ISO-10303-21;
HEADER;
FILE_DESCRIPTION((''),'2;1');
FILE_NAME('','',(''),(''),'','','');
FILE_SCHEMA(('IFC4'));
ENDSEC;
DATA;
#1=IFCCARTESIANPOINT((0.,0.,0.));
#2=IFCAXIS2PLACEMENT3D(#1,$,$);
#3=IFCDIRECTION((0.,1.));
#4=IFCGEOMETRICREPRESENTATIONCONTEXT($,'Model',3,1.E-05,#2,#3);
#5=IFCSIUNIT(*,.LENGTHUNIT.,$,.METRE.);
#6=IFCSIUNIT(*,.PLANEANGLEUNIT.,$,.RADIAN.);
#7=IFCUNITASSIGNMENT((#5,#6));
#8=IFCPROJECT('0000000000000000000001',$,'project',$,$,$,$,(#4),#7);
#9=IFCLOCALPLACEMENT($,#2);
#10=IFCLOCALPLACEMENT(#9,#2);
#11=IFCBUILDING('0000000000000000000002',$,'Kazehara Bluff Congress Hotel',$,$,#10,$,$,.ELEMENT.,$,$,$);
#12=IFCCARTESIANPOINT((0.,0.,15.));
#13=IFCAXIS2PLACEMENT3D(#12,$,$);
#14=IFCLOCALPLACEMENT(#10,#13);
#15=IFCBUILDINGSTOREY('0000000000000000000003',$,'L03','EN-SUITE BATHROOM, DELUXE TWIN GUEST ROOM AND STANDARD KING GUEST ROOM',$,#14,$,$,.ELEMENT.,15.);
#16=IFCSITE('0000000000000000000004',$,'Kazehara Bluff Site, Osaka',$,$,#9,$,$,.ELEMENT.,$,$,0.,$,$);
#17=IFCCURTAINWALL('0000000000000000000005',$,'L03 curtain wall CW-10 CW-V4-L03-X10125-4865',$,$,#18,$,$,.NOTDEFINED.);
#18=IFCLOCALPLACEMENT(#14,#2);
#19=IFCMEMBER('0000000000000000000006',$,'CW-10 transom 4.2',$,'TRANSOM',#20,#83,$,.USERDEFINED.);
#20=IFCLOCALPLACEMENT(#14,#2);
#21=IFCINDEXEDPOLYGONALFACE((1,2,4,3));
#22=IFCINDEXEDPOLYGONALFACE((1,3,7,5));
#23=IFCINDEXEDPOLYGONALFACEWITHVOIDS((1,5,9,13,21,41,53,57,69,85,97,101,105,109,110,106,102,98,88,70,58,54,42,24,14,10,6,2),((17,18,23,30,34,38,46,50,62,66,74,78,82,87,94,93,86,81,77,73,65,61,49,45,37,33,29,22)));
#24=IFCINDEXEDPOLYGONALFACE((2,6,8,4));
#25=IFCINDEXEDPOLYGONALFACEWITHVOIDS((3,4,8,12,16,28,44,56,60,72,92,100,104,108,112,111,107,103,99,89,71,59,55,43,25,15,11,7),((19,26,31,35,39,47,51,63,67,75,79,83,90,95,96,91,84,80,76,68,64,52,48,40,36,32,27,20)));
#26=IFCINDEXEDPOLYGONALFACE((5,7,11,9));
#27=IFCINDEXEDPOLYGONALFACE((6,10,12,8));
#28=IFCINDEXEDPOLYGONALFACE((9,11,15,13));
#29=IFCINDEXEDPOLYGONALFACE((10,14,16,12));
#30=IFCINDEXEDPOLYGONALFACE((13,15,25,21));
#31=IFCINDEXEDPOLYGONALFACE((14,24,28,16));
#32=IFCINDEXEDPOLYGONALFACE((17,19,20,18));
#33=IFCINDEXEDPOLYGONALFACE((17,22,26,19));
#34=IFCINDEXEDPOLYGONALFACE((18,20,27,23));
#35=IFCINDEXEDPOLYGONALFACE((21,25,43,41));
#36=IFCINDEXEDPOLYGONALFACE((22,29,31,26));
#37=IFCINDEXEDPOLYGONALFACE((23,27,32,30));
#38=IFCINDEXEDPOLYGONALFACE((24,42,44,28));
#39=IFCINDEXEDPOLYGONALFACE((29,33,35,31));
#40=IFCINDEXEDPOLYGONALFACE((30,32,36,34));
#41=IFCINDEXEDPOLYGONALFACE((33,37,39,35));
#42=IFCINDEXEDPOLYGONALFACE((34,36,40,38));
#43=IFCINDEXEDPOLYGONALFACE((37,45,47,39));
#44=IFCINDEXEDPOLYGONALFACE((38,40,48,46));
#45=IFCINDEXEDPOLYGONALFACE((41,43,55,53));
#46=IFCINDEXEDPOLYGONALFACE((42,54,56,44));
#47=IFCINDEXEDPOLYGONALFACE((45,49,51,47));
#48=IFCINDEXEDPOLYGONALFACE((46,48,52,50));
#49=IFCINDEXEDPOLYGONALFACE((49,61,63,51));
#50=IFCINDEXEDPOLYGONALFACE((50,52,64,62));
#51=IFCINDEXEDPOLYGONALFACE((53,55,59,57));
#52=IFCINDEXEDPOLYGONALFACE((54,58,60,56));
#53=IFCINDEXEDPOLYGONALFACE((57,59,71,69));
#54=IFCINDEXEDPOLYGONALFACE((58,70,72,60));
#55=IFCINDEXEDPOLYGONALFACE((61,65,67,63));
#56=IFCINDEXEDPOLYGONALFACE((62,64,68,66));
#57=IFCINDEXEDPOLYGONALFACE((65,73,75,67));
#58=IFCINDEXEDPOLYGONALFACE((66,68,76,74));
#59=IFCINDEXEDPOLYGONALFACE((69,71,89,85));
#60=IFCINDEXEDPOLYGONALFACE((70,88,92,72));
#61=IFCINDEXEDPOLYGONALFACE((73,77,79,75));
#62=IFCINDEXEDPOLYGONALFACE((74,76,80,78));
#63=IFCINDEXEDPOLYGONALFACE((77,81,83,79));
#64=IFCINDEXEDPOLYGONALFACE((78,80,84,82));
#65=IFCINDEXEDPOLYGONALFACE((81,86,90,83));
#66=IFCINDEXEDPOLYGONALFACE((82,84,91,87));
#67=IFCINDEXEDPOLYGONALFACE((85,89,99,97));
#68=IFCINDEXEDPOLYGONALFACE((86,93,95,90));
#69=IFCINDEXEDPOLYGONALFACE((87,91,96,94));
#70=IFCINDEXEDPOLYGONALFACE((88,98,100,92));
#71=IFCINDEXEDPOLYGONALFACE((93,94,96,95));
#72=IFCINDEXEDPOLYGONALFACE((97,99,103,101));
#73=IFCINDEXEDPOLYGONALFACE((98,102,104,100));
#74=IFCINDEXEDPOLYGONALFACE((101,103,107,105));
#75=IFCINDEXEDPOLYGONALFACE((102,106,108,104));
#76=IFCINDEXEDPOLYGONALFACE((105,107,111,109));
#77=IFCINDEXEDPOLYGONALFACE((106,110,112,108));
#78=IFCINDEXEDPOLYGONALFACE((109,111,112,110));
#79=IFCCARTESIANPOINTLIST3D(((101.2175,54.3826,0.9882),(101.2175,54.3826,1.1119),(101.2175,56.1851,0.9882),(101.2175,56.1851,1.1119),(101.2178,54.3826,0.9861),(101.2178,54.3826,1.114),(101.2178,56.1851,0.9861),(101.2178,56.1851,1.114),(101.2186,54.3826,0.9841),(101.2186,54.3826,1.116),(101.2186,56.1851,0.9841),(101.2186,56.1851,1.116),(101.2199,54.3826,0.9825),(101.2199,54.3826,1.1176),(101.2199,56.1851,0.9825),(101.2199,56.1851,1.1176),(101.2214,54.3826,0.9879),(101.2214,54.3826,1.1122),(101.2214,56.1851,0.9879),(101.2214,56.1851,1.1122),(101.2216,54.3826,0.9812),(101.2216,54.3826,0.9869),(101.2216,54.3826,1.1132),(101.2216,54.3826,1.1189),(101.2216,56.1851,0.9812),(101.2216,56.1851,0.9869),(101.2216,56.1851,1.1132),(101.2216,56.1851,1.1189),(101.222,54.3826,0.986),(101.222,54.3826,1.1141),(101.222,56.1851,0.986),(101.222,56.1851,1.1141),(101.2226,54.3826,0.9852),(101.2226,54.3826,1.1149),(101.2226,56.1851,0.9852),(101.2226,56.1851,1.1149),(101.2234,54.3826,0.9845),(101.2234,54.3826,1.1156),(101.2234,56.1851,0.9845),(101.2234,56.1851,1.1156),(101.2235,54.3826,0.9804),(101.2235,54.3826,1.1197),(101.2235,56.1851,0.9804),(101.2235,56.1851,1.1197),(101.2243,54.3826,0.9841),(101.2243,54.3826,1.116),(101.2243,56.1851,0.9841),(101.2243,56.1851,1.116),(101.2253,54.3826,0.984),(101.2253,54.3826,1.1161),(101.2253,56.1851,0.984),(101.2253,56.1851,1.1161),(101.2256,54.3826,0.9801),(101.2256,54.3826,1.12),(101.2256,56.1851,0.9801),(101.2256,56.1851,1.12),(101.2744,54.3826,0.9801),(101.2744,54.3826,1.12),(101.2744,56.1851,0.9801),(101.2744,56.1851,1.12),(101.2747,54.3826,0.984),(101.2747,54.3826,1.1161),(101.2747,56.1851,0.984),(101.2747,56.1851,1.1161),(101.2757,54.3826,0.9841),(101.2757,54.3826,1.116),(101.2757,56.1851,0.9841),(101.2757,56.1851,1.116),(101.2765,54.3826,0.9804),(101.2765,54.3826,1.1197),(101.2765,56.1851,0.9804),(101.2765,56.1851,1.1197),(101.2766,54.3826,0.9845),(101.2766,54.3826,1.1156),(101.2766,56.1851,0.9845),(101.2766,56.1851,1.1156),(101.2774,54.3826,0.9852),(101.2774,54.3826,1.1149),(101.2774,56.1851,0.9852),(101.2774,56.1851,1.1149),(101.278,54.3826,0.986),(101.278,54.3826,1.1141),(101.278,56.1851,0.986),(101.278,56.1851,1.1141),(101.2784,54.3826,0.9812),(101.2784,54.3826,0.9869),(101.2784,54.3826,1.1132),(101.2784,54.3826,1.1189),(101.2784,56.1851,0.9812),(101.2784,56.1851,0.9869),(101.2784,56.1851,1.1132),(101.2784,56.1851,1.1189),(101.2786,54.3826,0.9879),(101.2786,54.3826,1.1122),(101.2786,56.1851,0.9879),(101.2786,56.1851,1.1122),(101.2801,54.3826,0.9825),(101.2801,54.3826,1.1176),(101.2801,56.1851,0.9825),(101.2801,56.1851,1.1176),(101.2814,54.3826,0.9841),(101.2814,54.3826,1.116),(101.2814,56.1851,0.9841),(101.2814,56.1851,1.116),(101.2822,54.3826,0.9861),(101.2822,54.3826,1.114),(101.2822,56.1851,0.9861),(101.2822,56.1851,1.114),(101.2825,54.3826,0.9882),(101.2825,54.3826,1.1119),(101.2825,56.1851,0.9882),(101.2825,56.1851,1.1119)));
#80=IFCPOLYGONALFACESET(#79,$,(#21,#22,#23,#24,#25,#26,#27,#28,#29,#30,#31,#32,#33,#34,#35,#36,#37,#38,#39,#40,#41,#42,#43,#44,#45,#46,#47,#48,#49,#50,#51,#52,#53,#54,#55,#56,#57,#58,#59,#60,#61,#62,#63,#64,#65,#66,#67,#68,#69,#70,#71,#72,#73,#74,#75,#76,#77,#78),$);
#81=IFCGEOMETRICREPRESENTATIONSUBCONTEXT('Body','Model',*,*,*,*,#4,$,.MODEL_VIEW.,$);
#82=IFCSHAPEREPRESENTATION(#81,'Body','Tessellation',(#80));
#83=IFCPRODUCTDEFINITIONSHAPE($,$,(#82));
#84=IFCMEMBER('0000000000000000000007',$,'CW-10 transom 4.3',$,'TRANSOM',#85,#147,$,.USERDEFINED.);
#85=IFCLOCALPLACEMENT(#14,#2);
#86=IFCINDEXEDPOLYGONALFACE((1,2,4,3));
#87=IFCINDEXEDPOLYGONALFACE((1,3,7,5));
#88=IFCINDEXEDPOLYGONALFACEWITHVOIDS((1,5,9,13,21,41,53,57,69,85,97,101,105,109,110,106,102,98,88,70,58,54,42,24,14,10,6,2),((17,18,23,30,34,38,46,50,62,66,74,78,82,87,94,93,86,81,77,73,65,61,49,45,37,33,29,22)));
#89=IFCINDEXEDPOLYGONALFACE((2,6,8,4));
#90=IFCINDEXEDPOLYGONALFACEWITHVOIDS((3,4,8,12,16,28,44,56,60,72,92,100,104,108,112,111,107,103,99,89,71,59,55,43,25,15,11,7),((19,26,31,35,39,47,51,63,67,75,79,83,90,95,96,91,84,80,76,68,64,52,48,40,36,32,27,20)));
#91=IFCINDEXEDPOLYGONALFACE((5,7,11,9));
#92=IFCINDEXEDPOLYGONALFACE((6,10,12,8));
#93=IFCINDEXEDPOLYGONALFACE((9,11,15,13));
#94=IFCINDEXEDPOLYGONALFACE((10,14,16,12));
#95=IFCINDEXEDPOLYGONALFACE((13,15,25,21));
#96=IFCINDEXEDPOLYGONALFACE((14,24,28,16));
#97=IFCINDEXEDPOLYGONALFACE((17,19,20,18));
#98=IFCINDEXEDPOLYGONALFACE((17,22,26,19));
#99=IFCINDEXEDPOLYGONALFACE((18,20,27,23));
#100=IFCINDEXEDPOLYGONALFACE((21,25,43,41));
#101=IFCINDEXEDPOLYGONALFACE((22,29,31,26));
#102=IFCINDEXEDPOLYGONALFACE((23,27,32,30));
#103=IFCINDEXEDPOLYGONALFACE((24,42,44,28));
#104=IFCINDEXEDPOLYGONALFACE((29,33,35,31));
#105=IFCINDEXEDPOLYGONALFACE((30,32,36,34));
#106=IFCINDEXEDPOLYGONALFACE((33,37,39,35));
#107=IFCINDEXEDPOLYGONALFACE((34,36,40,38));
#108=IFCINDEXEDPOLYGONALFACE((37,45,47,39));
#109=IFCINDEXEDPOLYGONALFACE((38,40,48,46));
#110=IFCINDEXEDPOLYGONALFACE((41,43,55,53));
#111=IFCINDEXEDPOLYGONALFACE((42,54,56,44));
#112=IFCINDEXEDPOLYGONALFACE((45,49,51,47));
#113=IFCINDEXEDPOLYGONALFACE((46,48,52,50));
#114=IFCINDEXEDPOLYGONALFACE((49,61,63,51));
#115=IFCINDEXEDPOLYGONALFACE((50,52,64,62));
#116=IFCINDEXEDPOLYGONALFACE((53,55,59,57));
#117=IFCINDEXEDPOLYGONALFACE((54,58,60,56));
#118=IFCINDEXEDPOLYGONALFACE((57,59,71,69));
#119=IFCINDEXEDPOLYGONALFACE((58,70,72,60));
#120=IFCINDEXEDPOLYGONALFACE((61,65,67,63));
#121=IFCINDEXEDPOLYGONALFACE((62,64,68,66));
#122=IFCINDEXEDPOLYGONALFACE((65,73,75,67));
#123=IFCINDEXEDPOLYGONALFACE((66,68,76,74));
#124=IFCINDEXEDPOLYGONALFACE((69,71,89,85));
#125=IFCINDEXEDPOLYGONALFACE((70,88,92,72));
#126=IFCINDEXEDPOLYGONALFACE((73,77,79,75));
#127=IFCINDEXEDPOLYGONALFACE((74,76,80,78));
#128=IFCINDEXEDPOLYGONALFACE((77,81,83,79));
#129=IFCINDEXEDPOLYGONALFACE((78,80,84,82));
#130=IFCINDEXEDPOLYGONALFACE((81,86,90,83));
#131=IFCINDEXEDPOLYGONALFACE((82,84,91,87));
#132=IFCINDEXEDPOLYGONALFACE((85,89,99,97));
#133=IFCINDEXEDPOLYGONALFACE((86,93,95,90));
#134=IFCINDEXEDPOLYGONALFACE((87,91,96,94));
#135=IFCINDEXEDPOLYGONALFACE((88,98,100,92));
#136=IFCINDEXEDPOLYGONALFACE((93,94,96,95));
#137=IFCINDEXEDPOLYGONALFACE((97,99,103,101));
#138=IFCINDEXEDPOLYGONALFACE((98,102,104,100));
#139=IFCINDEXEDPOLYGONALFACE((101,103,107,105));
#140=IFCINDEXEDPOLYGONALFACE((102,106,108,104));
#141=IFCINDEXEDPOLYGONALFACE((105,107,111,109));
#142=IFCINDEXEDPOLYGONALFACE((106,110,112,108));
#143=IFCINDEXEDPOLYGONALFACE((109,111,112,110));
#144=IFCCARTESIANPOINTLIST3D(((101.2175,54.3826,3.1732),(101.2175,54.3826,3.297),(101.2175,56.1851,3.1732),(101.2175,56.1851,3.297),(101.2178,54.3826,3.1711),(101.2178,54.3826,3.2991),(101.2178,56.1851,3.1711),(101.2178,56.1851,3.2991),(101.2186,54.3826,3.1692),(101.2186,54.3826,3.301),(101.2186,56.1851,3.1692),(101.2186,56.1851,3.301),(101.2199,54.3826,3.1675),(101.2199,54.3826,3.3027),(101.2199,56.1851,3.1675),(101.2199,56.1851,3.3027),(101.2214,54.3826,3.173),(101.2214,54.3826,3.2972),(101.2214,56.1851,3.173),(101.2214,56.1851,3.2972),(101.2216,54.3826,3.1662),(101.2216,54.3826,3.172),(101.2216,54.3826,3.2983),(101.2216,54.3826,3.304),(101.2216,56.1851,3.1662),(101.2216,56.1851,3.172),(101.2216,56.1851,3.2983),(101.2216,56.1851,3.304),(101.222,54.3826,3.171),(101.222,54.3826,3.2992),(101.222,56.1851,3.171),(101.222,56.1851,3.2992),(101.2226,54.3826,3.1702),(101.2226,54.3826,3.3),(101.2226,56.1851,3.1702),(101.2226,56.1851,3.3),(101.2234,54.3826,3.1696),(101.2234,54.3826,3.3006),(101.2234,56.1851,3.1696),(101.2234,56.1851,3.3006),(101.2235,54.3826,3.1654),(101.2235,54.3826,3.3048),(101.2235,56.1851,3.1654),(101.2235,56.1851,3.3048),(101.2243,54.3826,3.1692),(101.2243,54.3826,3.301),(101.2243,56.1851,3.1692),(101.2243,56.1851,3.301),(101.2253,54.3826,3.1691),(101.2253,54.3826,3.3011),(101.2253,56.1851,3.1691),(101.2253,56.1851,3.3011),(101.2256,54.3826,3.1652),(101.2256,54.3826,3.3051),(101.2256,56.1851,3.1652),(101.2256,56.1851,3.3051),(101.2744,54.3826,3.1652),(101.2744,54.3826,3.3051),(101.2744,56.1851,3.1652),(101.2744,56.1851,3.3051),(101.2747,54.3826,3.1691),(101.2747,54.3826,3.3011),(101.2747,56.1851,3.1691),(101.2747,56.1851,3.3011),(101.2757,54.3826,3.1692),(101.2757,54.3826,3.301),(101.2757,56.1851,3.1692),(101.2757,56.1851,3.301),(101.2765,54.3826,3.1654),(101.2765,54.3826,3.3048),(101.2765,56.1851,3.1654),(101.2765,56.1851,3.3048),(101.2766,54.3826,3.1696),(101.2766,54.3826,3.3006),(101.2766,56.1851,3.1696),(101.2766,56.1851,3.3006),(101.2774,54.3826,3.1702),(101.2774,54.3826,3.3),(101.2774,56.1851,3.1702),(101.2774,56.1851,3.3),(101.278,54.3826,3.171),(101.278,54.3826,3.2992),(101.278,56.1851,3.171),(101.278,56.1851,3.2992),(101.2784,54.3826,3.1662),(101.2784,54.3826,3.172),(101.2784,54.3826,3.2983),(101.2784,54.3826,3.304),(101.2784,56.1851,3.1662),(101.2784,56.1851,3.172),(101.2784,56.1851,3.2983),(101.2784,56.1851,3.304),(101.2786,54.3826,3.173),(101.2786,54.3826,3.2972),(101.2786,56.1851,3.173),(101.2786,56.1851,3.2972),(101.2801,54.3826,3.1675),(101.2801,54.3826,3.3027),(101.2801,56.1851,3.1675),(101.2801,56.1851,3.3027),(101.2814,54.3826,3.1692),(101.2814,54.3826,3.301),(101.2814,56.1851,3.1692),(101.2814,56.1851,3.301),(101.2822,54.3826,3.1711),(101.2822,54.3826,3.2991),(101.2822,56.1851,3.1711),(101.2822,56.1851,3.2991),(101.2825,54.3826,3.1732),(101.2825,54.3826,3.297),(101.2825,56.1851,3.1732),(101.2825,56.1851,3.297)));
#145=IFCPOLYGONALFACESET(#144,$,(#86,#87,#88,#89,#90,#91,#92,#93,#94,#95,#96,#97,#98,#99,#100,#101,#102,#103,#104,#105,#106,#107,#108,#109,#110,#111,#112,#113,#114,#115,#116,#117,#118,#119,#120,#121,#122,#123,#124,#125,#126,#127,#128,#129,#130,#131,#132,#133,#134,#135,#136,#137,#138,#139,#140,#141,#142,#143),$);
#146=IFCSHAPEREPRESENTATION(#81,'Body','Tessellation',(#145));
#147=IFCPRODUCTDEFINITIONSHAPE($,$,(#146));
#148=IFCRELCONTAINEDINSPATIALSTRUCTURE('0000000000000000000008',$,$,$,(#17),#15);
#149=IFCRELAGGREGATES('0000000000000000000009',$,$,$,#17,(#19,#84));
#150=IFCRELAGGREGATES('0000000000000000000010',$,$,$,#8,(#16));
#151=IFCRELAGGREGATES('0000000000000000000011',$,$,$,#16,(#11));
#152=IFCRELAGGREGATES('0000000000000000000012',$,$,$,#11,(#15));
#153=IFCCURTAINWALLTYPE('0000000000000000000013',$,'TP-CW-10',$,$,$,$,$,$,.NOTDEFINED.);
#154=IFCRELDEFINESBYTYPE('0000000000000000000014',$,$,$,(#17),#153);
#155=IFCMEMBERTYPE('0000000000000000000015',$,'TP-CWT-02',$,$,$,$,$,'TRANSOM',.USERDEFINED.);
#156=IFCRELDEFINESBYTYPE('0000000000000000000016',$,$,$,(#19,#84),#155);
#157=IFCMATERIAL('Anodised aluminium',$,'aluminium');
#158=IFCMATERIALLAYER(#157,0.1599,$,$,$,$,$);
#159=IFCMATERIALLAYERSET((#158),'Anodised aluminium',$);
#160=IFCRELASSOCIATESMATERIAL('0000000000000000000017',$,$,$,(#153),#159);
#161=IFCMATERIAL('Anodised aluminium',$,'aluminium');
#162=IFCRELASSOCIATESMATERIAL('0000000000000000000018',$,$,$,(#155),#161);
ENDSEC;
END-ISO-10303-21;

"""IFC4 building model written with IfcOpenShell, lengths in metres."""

from ifc_helpers import new_model, si_unit, direction, frame, origin, origin_2d, place, context, subcontext, project, spatial, hollow_rectangle, extrude, material, layer, layer_set, material_profile, profile_set, type_object, element, aggregate, save


model = new_model("IFC4")

# Units and contexts
model_context = context("Model", 3, precision=1e-05, world=origin(), true_north=direction((0.0, 1.0)))
body_context = subcontext(model_context, "Body", "Model", "MODEL_VIEW")
ifc_project = project(units=[si_unit("LENGTHUNIT", "METRE"), si_unit("PLANEANGLEUNIT", "RADIAN")], contexts=[model_context])

# Site, building, storey
site_placement = place(None, origin())
site = spatial("IfcSite", under=ifc_project, at=site_placement, Name="Kazehara Bluff Site, Osaka", CompositionType="ELEMENT", RefElevation=0.0)
building_placement = place(site_placement, origin())
building = spatial("IfcBuilding", under=site, at=building_placement, Name="Kazehara Bluff Congress Hotel", CompositionType="ELEMENT")
storey_placement = place(building_placement, frame((0.0, 0.0, 15.0)))
storey = spatial("IfcBuildingStorey", under=building, at=storey_placement, Name="L03", Description="EN-SUITE BATHROOM, DELUXE TWIN GUEST ROOM AND STANDARD KING GUEST ROOM", CompositionType="ELEMENT", Elevation=15.0)

# Curtain wall
ifc_material_1 = material(Name="Anodised aluminium", Category="aluminium")
ifc_layer_1 = layer(ifc_material_1, 0.1599)
ifc_layer_set_1 = layer_set([ifc_layer_1], Name="Anodised aluminium")
curtain_wall_type_1 = type_object("IfcCurtainWallType", Name="TP-CW-10", PredefinedType="NOTDEFINED", material=ifc_layer_set_1)
curtain_wall_1_placement = place(storey_placement, origin())
curtain_wall_1 = element("IfcCurtainWall", 1, at=curtain_wall_1_placement, inside=storey, type_object=curtain_wall_type_1, Name="L03 curtain wall CW-10 CW-V4-L03-X10125-4865", PredefinedType="NOTDEFINED")

# Members
ifc_material_2 = material(Name="Anodised aluminium", Category="aluminium")
ifc_material_profile_1 = material_profile(ifc_material_2, hollow_rectangle(XDim=0.0649, YDim=0.1399, WallThickness=0.0039, InnerFilletRadius=0.0039, OuterFilletRadius=0.0081, at=origin_2d()))
ifc_profile_set_1 = profile_set([ifc_material_profile_1], Name="Anodised aluminium")
member_type_1 = type_object("IfcMemberType", Name="TP-CWT-02", ElementType="TRANSOM", PredefinedType="USERDEFINED", material=ifc_profile_set_1)
member_1_placement = place(storey_placement, frame((101.25, 54.3826, 1.05), z_axis=(0.0, 1.0, 0.0), x_axis=(-1.0, 0.0, 0.0)))
member_1 = element("IfcMember", 2, at=member_1_placement, type_object=member_type_1, Name="CW-10 transom 4.2", ObjectType="TRANSOM", PredefinedType="USERDEFINED", context=body_context, shape_type="SweptSolid", body=[
    extrude(hollow_rectangle(XDim=0.0649, YDim=0.1399, WallThickness=0.0039, InnerFilletRadius=0.0039, OuterFilletRadius=0.0081, at=origin_2d()), origin(), (0.0, 0.0, 1.0), 1.8025),
])
member_2_placement = place(storey_placement, frame((101.25, 54.3826, 3.2351), z_axis=(0.0, 1.0, 0.0), x_axis=(-1.0, 0.0, 0.0)))
member_2 = element("IfcMember", 3, at=member_2_placement, type_object=member_type_1, Name="CW-10 transom 4.3", ObjectType="TRANSOM", PredefinedType="USERDEFINED", context=body_context, shape_type="SweptSolid", body=[
    extrude(hollow_rectangle(XDim=0.0649, YDim=0.1399, WallThickness=0.0039, InnerFilletRadius=0.0039, OuterFilletRadius=0.0081, at=origin_2d()), origin(), (0.0, 0.0, 1.0), 1.8025),
])

aggregate(curtain_wall_1, [member_1, member_2])

save(model, "model.ifc")
